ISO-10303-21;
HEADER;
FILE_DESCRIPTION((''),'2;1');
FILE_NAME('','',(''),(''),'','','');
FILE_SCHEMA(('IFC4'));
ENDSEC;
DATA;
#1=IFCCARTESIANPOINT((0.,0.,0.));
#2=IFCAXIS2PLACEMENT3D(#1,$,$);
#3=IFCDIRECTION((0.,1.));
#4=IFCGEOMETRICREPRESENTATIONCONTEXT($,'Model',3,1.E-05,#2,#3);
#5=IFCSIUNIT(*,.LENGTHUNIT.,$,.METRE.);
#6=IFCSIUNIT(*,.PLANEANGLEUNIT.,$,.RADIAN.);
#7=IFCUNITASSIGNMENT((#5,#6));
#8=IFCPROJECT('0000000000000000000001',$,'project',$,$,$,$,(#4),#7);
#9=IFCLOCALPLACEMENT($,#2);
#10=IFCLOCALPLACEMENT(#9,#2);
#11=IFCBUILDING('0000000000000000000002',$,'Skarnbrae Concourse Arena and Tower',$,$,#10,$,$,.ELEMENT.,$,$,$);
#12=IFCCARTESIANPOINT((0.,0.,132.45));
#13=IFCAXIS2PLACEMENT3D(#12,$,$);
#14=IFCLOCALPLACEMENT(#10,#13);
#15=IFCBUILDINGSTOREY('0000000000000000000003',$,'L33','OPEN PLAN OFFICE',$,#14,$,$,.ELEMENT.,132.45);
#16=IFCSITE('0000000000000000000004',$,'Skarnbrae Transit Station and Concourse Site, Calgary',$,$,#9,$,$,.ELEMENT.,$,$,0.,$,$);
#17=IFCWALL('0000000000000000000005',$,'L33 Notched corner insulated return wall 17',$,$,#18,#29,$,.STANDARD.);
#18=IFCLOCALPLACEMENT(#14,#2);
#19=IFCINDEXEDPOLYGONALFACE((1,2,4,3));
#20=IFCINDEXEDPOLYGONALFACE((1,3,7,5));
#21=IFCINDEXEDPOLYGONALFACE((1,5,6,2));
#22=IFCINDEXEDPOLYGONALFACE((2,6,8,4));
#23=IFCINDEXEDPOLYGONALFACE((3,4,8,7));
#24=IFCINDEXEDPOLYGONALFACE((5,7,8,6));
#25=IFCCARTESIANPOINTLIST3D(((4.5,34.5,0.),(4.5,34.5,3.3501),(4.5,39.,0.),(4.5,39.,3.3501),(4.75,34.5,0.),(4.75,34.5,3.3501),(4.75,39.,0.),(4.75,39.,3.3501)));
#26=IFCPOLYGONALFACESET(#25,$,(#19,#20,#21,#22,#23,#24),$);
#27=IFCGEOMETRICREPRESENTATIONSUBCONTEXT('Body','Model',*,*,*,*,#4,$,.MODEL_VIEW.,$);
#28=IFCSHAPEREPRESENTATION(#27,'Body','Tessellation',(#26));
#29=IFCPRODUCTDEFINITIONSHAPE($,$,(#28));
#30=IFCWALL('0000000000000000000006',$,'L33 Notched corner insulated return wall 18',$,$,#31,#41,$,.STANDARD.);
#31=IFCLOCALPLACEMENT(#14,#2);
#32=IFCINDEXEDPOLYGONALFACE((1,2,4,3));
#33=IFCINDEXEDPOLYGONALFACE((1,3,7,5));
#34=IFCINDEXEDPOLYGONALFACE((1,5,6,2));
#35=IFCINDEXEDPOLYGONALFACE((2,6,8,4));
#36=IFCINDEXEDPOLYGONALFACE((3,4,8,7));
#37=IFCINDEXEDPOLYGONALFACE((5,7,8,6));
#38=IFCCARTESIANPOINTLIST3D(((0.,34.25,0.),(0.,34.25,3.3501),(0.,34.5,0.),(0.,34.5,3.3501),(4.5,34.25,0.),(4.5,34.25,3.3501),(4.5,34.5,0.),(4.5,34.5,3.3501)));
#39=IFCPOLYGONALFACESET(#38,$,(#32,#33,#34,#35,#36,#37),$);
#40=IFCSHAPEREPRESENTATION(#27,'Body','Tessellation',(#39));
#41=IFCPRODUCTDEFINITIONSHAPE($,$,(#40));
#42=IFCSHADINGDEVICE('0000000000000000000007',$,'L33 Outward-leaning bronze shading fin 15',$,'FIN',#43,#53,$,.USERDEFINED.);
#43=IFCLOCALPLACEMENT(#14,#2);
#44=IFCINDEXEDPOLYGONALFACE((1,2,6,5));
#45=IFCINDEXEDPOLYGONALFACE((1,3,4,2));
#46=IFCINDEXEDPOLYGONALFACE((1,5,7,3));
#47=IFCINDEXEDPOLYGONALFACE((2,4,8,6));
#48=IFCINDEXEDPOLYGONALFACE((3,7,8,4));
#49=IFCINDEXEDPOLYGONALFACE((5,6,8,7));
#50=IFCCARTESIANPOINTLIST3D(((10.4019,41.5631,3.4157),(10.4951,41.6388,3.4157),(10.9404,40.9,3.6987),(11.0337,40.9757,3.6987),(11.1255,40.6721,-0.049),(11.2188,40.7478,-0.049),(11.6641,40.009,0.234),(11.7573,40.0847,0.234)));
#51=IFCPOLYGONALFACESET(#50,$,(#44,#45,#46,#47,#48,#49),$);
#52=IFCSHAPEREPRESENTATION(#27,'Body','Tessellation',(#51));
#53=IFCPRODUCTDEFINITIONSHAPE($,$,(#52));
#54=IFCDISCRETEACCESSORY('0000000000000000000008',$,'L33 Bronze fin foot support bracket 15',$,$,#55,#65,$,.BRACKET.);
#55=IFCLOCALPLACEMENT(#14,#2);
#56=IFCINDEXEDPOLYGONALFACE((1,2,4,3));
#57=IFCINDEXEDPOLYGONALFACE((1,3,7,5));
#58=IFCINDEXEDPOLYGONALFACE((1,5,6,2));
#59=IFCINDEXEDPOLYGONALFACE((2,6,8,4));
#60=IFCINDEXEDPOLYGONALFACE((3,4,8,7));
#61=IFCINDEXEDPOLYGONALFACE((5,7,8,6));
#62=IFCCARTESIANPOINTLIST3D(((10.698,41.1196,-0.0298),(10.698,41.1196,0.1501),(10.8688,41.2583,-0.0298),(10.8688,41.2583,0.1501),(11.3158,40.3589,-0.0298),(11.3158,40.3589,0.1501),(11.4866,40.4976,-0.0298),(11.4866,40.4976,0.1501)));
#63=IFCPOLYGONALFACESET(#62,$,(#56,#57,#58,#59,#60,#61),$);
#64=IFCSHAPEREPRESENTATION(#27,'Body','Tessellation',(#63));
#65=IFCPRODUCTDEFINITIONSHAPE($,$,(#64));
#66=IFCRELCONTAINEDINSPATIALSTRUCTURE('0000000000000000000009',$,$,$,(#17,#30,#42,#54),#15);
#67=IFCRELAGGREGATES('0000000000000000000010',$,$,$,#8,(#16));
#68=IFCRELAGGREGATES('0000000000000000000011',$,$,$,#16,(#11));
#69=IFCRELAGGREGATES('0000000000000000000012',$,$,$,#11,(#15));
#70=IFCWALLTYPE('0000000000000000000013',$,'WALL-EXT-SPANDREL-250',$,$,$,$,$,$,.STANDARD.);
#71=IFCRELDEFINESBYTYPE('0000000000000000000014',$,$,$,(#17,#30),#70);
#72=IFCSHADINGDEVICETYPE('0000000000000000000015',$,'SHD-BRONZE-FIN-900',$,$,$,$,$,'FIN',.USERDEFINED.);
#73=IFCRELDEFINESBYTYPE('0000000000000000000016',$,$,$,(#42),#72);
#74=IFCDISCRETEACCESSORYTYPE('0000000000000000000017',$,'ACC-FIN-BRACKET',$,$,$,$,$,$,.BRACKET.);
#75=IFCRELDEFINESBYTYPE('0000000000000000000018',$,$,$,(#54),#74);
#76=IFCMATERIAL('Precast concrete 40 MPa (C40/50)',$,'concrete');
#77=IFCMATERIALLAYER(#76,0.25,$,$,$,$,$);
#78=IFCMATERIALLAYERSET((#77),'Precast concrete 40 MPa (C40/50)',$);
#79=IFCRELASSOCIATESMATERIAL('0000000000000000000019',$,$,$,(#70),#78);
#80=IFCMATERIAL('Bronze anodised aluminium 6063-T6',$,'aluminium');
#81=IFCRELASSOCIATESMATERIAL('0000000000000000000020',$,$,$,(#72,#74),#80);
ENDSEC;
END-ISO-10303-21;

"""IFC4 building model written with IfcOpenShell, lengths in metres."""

from ifc_helpers import new_model, si_unit, direction, frame, frame_2d, origin, origin_2d, place, context, subcontext, project, spatial, rectangle, extrude, source, transform, mapped, material, layer, layer_set, type_object, element, save


model = new_model("IFC4")

# Units and contexts
model_context = context("Model", 3, precision=1e-05, world=origin(), true_north=direction((0.0, 1.0)))
body_context = subcontext(model_context, "Body", "Model", "MODEL_VIEW")
ifc_project = project(units=[si_unit("LENGTHUNIT", "METRE"), si_unit("PLANEANGLEUNIT", "RADIAN")], contexts=[model_context])

# Site, building, storey
site_placement = place(None, origin())
site = spatial("IfcSite", under=ifc_project, at=site_placement, Name="Skarnbrae Transit Station and Concourse Site, Calgary", CompositionType="ELEMENT", RefElevation=0.0)
building_placement = place(site_placement, origin())
building = spatial("IfcBuilding", under=site, at=building_placement, Name="Skarnbrae Concourse Arena and Tower", CompositionType="ELEMENT")
storey_placement = place(building_placement, frame((0.0, 0.0, 132.45)))
storey = spatial("IfcBuildingStorey", under=building, at=storey_placement, Name="L33", Description="OPEN PLAN OFFICE", CompositionType="ELEMENT", Elevation=132.45)

# Shared definitions
ifc_material_1 = material(Name="Bronze anodised aluminium 6063-T6", Category="aluminium")

# Walls
ifc_material_2 = material(Name="Precast concrete 40 MPa (C40/50)", Category="concrete")
ifc_layer_1 = layer(ifc_material_2, 0.25)
ifc_layer_set_1 = layer_set([ifc_layer_1], Name="Precast concrete 40 MPa (C40/50)")
wall_type = type_object("IfcWallType", Name="WALL-EXT-SPANDREL-250", PredefinedType="STANDARD", material=ifc_layer_set_1)
shared_shape_1 = source(origin(), body_context, "Body", "SweptSolid", [
    extrude(rectangle(XDim=4.5, YDim=0.25, at=frame_2d((2.25, 0.0))), origin(), (0.0, 0.0, 1.0), 3.3501),
])
for number, where, z_axis, x_axis, name in (
    (1, (4.625, 39.0, 0.0), (0.0, 0.0, 1.0), (0.0, -1.0, 0.0), "L33 Notched corner insulated return wall 17"),
    (2, (4.5, 34.375, 0.0), (0.0, 0.0, 1.0), (-1.0, 0.0, 0.0), "L33 Notched corner insulated return wall 18"),
):
    element("IfcWall", number, at=place(storey_placement, frame(where, z_axis=z_axis, x_axis=x_axis)), inside=storey, type_object=wall_type, Name=name, PredefinedType="STANDARD", context=body_context, shape_type="MappedRepresentation", body=[
        mapped(shared_shape_1, transform((0.0, 0.0, 0.0))),
    ])

# Shading device
shading_device_type = type_object("IfcShadingDeviceType", Name="SHD-BRONZE-FIN-900", ElementType="FIN", PredefinedType="USERDEFINED", material=ifc_material_1)
shared_shape_2 = source(origin(), body_context, "Body", "SweptSolid", [
    extrude(rectangle(XDim=0.1201, YDim=0.8999, at=origin_2d()), origin(), (0.0, 0.0, 1.0), 3.6499),
])
shading_device_placement = place(storey_placement, frame((11.4414, 40.3784, 0.0925), z_axis=(-0.198264, 0.244121, 0.949261), x_axis=(0.776245, 0.630432, 0.0)))
element("IfcShadingDevice", 3, at=shading_device_placement, inside=storey, type_object=shading_device_type, Name="L33 Outward-leaning bronze shading fin 15", ObjectType="FIN", PredefinedType="USERDEFINED", context=body_context, shape_type="MappedRepresentation", body=[
    mapped(shared_shape_2, transform((0.0, 0.0, 0.0))),
])

# Discrete accessory
discrete_accessory_type = type_object("IfcDiscreteAccessoryType", Name="ACC-FIN-BRACKET", PredefinedType="BRACKET", material=ifc_material_1)
shared_shape_3 = source(origin(), body_context, "Body", "SweptSolid", [
    extrude(rectangle(XDim=0.22, YDim=0.98, at=origin_2d()), origin(), (0.0, 0.0, 1.0), 0.1799),
])
discrete_accessory_placement = place(storey_placement, frame((11.0923, 40.8086, -0.0298), z_axis=(0.0, 0.0, 1.0), x_axis=(0.776245, 0.630432, 0.0)))
element("IfcDiscreteAccessory", 4, at=discrete_accessory_placement, inside=storey, type_object=discrete_accessory_type, Name="L33 Bronze fin foot support bracket 15", PredefinedType="BRACKET", context=body_context, shape_type="MappedRepresentation", body=[
    mapped(shared_shape_3, transform((0.0, 0.0, 0.0))),
])

save(model, "model.ifc")
